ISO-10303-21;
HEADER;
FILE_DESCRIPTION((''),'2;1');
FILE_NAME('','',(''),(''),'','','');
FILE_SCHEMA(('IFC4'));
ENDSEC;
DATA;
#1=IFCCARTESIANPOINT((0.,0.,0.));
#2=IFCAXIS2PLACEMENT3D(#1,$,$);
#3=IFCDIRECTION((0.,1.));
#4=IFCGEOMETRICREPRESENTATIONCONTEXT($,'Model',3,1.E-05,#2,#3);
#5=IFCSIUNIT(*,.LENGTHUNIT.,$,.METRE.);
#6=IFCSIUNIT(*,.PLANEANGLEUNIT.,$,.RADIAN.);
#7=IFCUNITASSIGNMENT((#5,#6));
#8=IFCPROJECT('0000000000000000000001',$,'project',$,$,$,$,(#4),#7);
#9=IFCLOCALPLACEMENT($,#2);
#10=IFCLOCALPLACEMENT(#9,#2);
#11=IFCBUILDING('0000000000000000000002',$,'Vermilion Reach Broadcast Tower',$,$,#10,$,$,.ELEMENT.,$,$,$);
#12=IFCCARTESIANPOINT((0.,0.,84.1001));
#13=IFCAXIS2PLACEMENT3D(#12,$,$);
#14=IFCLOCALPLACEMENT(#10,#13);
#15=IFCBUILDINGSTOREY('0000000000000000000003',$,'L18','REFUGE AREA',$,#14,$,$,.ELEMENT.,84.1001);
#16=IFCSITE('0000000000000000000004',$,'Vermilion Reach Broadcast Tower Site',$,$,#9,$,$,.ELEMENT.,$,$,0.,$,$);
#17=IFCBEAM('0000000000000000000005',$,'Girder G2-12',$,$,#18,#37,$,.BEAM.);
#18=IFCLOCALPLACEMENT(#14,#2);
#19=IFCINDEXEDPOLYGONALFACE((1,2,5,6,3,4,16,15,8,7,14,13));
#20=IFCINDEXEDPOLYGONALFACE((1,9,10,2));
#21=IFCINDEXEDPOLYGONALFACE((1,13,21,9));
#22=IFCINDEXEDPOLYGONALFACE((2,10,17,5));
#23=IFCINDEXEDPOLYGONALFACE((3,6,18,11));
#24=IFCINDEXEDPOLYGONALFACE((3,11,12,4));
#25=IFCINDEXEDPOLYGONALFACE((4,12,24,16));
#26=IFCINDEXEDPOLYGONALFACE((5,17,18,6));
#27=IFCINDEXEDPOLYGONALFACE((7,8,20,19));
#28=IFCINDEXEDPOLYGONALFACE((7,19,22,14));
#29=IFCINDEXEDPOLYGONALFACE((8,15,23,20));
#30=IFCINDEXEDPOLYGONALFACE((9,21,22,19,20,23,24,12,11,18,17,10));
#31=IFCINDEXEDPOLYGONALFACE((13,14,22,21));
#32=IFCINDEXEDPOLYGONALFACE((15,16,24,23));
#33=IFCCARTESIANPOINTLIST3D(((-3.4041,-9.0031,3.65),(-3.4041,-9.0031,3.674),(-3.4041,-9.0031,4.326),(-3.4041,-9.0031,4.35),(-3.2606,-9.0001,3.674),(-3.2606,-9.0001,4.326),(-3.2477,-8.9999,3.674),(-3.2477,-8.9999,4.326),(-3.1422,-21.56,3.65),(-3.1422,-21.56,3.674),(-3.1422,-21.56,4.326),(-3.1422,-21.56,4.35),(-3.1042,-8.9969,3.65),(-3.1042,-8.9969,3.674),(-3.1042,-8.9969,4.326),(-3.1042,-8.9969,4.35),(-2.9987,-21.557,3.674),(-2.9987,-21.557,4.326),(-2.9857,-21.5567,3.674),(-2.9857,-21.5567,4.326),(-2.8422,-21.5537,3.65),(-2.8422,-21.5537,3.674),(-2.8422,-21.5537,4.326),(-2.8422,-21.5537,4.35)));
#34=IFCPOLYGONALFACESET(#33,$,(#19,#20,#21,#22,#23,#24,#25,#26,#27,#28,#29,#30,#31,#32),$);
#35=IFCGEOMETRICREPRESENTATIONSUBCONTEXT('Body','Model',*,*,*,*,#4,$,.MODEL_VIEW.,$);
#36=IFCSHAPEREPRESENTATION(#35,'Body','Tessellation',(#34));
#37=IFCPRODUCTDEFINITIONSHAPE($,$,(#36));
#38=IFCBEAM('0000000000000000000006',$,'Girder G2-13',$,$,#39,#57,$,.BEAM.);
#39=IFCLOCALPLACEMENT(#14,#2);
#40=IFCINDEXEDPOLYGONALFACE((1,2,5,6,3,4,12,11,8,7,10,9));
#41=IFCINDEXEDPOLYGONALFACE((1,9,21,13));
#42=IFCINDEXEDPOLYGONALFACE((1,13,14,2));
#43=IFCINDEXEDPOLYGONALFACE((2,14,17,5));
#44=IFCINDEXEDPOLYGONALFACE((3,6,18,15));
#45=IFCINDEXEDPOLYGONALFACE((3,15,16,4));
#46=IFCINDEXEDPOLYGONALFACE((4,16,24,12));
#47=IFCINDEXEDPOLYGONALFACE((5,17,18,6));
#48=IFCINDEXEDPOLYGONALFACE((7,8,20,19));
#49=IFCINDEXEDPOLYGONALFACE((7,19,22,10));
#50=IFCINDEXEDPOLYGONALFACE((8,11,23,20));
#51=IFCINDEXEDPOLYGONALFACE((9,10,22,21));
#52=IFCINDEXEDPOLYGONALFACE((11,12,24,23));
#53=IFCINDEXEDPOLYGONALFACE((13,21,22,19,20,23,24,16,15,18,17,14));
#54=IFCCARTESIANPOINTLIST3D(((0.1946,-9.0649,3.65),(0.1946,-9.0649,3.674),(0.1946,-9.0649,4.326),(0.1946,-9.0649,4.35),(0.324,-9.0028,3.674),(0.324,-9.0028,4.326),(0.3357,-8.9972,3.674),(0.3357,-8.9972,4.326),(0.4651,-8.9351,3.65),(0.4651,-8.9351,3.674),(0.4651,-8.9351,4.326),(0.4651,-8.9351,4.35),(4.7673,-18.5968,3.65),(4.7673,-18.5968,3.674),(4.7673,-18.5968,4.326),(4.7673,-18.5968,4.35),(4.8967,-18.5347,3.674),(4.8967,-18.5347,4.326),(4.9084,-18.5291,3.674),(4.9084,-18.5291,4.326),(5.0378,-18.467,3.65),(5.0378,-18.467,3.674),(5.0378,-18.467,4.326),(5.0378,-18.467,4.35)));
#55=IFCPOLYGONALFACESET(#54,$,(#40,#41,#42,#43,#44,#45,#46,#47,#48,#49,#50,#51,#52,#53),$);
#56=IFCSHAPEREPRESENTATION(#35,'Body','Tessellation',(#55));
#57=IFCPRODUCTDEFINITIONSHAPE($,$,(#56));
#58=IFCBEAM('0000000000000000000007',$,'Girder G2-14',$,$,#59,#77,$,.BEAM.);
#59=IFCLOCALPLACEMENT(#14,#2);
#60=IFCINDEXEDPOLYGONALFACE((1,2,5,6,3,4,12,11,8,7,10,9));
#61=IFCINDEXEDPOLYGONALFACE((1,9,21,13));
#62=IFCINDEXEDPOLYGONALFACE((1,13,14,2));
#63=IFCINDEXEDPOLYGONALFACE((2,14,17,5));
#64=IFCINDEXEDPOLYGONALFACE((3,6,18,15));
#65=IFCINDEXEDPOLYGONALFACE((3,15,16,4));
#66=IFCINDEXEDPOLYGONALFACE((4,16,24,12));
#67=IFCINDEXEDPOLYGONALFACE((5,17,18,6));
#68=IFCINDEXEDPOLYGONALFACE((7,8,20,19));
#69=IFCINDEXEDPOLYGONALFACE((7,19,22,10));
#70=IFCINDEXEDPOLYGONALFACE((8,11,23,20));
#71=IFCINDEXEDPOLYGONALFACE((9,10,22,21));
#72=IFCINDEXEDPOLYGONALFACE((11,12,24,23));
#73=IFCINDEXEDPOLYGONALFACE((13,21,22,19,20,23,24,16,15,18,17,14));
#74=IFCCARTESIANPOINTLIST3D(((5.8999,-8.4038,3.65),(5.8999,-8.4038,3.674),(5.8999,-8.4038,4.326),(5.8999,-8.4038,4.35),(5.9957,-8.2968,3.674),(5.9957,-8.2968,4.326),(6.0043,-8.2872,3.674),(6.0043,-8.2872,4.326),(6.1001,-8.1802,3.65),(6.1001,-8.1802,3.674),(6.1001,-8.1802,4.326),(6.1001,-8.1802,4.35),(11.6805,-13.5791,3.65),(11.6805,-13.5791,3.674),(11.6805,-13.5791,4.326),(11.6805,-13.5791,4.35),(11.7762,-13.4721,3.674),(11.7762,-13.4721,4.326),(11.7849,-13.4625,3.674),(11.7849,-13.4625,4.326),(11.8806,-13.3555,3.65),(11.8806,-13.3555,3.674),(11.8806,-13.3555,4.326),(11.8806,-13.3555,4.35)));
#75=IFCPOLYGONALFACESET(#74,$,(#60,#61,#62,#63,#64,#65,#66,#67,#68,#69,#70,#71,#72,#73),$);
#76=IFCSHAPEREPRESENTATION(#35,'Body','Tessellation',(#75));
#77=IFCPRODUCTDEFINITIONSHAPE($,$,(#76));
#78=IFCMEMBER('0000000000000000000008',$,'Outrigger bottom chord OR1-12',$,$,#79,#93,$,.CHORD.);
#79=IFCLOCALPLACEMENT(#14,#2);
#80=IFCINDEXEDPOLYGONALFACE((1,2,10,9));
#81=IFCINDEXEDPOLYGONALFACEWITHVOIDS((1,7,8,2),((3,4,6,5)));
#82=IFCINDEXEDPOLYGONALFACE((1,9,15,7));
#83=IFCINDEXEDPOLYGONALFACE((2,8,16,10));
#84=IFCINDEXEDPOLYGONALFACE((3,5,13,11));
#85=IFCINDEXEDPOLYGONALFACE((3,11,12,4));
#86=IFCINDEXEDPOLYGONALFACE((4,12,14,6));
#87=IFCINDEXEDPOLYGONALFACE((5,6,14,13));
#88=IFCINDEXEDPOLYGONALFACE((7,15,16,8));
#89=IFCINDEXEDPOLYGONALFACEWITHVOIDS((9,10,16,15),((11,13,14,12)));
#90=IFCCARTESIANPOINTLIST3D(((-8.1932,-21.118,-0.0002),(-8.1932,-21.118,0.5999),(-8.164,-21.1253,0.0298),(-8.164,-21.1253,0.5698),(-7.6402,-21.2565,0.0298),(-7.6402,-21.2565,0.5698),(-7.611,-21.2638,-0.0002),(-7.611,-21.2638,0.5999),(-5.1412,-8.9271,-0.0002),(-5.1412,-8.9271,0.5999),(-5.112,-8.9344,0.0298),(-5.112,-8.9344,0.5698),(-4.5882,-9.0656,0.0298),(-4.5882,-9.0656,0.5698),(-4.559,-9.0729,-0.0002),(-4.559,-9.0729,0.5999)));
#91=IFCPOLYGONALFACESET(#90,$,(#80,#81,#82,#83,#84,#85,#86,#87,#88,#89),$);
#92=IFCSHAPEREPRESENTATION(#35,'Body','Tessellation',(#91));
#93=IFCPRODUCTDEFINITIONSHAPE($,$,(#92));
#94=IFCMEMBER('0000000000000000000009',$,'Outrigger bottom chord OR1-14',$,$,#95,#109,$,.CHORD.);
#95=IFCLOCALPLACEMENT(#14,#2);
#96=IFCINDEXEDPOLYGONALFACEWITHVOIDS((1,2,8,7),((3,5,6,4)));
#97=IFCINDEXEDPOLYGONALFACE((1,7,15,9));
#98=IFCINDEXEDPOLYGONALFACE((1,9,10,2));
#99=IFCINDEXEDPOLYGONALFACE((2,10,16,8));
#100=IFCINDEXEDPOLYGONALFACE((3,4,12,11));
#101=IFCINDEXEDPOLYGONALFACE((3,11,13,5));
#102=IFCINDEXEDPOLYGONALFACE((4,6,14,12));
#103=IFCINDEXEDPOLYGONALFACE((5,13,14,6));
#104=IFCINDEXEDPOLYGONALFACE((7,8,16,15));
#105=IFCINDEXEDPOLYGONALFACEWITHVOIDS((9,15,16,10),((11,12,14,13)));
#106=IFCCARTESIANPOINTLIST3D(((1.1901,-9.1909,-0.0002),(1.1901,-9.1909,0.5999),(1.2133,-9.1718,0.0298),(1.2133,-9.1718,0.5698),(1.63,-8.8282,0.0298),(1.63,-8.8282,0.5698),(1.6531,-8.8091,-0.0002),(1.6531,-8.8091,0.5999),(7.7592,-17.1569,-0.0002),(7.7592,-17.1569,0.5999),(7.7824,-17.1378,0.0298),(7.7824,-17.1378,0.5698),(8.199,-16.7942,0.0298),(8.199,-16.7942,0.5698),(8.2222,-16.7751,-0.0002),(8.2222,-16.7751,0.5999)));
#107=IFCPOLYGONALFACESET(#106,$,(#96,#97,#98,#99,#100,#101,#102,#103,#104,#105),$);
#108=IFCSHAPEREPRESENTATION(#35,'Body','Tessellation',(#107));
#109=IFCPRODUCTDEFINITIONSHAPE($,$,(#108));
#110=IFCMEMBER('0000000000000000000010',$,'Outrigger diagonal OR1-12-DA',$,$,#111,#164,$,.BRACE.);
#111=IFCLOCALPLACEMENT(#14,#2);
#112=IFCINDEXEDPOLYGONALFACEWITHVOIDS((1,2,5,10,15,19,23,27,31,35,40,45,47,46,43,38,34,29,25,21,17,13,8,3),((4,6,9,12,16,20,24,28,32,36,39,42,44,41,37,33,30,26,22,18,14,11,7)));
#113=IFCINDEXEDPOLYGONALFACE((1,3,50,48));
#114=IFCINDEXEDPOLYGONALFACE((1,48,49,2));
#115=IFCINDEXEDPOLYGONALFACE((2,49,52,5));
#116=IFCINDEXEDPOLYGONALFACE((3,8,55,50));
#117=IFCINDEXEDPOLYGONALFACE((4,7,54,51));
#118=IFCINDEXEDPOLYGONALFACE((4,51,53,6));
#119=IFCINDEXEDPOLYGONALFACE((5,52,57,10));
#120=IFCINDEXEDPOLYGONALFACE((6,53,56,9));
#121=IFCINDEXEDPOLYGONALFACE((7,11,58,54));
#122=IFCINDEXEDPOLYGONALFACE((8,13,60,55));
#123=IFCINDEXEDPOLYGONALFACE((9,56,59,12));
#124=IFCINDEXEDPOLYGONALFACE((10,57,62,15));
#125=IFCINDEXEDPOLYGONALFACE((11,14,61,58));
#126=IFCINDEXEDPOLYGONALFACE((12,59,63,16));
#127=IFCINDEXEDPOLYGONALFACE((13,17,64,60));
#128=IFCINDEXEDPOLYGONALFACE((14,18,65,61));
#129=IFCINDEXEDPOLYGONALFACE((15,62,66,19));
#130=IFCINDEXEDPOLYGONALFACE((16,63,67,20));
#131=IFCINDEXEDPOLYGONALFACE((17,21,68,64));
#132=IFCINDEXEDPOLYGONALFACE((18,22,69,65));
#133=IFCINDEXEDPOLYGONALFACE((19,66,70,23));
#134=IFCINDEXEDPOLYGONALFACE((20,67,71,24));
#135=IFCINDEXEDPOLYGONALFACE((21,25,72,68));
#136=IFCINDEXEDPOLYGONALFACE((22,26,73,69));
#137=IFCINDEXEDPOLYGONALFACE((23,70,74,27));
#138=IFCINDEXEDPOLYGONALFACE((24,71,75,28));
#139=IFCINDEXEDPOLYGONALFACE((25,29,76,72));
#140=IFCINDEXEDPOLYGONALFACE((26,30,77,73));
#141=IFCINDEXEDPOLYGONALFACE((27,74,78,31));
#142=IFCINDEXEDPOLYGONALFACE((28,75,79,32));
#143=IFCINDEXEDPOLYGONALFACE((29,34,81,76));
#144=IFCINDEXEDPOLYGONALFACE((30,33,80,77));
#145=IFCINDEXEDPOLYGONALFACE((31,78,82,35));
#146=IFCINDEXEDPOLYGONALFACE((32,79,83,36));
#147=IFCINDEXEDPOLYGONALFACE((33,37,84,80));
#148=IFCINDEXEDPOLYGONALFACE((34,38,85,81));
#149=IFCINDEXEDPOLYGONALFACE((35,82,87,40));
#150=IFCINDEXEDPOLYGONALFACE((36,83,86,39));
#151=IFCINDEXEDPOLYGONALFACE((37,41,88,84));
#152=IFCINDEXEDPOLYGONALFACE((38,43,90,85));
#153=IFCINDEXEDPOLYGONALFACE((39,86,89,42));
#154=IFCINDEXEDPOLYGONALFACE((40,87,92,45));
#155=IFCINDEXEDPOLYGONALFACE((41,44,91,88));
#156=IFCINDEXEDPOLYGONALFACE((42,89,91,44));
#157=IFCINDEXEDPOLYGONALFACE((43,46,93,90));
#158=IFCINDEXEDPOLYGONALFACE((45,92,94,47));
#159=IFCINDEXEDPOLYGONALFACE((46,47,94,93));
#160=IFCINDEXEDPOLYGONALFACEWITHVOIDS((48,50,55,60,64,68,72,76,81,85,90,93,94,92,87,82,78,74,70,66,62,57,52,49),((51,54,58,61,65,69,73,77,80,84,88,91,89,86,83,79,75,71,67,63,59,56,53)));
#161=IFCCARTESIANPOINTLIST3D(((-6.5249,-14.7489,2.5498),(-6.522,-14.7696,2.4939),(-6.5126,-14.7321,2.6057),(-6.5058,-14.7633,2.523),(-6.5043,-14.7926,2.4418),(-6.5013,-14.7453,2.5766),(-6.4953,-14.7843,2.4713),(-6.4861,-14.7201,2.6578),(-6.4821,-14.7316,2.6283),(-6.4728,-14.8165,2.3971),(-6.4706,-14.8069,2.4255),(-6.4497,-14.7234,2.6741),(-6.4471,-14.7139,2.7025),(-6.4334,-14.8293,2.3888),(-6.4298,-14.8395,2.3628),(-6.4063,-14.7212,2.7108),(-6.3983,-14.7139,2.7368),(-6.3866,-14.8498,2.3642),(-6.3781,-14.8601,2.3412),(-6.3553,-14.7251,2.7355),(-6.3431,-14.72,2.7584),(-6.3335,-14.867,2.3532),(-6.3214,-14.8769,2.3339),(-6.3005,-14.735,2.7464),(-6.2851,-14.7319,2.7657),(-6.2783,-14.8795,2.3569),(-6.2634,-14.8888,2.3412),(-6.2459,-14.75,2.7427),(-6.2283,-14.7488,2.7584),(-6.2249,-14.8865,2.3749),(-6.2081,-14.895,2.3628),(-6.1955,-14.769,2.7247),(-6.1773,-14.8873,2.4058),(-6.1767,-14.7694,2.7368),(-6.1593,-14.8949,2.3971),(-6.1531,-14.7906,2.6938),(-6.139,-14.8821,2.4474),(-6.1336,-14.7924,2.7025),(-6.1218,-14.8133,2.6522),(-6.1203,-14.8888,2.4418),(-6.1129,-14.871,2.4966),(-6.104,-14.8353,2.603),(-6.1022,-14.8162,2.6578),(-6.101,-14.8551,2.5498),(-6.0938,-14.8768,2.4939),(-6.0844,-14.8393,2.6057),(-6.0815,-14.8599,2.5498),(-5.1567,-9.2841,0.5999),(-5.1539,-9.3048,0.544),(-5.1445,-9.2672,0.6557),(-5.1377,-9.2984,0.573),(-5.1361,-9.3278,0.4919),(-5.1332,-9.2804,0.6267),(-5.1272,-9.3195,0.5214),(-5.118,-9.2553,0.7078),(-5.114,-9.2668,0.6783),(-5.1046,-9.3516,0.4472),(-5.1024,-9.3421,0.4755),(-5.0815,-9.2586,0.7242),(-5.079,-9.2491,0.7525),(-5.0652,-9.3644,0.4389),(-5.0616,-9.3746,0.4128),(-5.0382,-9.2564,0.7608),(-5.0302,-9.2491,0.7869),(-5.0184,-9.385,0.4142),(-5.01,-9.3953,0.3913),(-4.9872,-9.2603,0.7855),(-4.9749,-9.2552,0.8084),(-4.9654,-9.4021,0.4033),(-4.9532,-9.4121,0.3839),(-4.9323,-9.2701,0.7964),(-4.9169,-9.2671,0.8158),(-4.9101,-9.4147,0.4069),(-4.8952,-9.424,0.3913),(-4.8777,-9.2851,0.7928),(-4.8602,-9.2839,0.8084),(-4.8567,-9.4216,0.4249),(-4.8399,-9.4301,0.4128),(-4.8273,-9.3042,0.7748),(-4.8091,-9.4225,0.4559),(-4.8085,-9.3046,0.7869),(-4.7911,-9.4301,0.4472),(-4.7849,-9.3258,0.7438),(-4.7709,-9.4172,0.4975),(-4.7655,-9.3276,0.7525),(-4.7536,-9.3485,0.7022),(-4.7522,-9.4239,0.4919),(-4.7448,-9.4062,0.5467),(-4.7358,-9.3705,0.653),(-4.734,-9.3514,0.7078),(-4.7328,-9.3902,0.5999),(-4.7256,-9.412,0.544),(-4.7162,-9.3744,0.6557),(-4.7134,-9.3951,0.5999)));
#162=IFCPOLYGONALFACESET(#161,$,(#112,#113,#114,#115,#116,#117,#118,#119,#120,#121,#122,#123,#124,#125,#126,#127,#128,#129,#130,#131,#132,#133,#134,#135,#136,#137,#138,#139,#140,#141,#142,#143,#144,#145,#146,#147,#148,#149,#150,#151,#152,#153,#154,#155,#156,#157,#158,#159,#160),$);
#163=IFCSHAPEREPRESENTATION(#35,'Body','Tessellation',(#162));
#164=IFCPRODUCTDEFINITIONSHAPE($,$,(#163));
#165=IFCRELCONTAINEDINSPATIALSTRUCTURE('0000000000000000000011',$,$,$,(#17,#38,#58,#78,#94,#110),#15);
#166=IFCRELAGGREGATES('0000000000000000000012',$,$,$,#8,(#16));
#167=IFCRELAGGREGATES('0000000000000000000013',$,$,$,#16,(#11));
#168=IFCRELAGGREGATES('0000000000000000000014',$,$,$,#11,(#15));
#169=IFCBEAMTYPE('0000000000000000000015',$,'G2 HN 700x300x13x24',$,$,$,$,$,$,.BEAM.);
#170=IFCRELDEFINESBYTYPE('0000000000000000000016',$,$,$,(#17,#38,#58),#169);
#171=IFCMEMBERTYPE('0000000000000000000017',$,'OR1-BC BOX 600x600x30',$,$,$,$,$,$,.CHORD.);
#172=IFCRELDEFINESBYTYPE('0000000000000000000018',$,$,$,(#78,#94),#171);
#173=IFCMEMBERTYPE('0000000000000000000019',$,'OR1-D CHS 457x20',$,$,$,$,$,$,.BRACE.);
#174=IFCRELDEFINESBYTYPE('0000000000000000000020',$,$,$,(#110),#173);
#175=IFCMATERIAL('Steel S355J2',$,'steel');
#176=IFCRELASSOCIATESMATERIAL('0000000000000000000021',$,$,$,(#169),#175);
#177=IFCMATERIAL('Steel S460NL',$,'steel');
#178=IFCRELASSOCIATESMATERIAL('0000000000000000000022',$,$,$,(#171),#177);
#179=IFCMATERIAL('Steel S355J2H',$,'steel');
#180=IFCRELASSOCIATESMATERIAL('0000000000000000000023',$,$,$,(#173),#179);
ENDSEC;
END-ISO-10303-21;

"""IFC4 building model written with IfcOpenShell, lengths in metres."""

from ifc_helpers import new_model, si_unit, direction, frame, origin, origin_2d, place, context, subcontext, project, spatial, hollow_rectangle, hollow_circle, i_section, extrude, material, material_profile, profile_set, type_object, element, save


model = new_model("IFC4")

# Units and contexts
model_context = context("Model", 3, precision=1e-05, world=origin(), true_north=direction((0.0, 1.0)))
body_context = subcontext(model_context, "Body", "Model", "MODEL_VIEW")
ifc_project = project(units=[si_unit("LENGTHUNIT", "METRE"), si_unit("PLANEANGLEUNIT", "RADIAN")], contexts=[model_context])

# Site, building, storey
site_placement = place(None, origin())
site = spatial("IfcSite", under=ifc_project, at=site_placement, Name="Vermilion Reach Broadcast Tower Site", CompositionType="ELEMENT", RefElevation=0.0)
building_placement = place(site_placement, origin())
building = spatial("IfcBuilding", under=site, at=building_placement, Name="Vermilion Reach Broadcast Tower", CompositionType="ELEMENT")
storey_placement = place(building_placement, frame((0.0, 0.0, 84.1001)))
storey = spatial("IfcBuildingStorey", under=building, at=storey_placement, Name="L18", Description="REFUGE AREA", CompositionType="ELEMENT", Elevation=84.1001)

# Beams
ifc_material_1 = material(Name="Steel S355J2", Category="steel")
ifc_material_profile_1 = material_profile(ifc_material_1, i_section(OverallWidth=0.3, OverallDepth=0.7, WebThickness=0.0129, FlangeThickness=0.0239, at=origin_2d()), Name="S355J2 HN 700x300x13x24")
ifc_profile_set_1 = profile_set([ifc_material_profile_1], Name="Steel S355J2")
beam_type_1 = type_object("IfcBeamType", Name="G2 HN 700x300x13x24", PredefinedType="BEAM", material=ifc_profile_set_1)
beam_1_placement = place(storey_placement, frame((-3.2542, -9.0, 4.0), z_axis=(0.020858, -0.999782, 0.0), x_axis=(0.999782, 0.020858, 0.0)))
element("IfcBeam", 1, at=beam_1_placement, inside=storey, type_object=beam_type_1, Name="Girder G2-12", PredefinedType="BEAM", context=body_context, shape_type="SweptSolid", body=[
    extrude(i_section(OverallWidth=0.3, OverallDepth=0.7, WebThickness=0.0129, FlangeThickness=0.0239, at=origin_2d()), origin(), (0.0, 0.0, 1.0), 12.5596),
])
beam_2_placement = place(storey_placement, frame((0.3298, -9.0, 4.0), z_axis=(0.432531, -0.901619, 0.0), x_axis=(0.901619, 0.432531, 0.0)))
element("IfcBeam", 2, at=beam_2_placement, inside=storey, type_object=beam_type_1, Name="Girder G2-13", PredefinedType="BEAM", context=body_context, shape_type="SweptSolid", body=[
    extrude(i_section(OverallWidth=0.3, OverallDepth=0.7, WebThickness=0.0129, FlangeThickness=0.0239, at=origin_2d()), origin(), (0.0, 0.0, 1.0), 10.572),
])
beam_3_placement = place(storey_placement, frame((6.0, -8.292, 4.0), z_axis=(0.745033, -0.667028, 0.0), x_axis=(0.667028, 0.745033, 0.0)))
element("IfcBeam", 3, at=beam_3_placement, inside=storey, type_object=beam_type_1, Name="Girder G2-14", PredefinedType="BEAM", context=body_context, shape_type="SweptSolid", body=[
    extrude(i_section(OverallWidth=0.3, OverallDepth=0.7, WebThickness=0.0129, FlangeThickness=0.0239, at=origin_2d()), origin(), (0.0, 0.0, 1.0), 7.7588),
])

# Members
ifc_material_2 = material(Name="Steel S460NL", Category="steel")
ifc_material_profile_2 = material_profile(ifc_material_2, hollow_rectangle(XDim=0.6001, YDim=0.6001, WallThickness=0.03, at=origin_2d()), Name="S460NL BOX 600x600x30")
ifc_profile_set_2 = profile_set([ifc_material_profile_2], Name="Steel S460NL")
member_type_1 = type_object("IfcMemberType", Name="OR1-BC BOX 600x600x30", PredefinedType="CHORD", material=ifc_profile_set_2)
member_1_placement = place(storey_placement, frame((-4.8501, -9.0, 0.2998), z_axis=(-0.242856, -0.970062, 0.0), x_axis=(0.970062, -0.242856, 0.0)))
element("IfcMember", 4, at=member_1_placement, inside=storey, type_object=member_type_1, Name="Outrigger bottom chord OR1-12", PredefinedType="CHORD", context=body_context, shape_type="SweptSolid", body=[
    extrude(hollow_rectangle(XDim=0.6001, YDim=0.6001, WallThickness=0.03, at=origin_2d()), origin(), (0.0, 0.0, 1.0), 12.5671),
])
member_2_placement = place(storey_placement, frame((1.4216, -9.0, 0.2998), z_axis=(0.636215, -0.771512, 0.0), x_axis=(0.771512, 0.636215, 0.0)))
element("IfcMember", 5, at=member_2_placement, inside=storey, type_object=member_type_1, Name="Outrigger bottom chord OR1-14", PredefinedType="CHORD", context=body_context, shape_type="SweptSolid", body=[
    extrude(hollow_rectangle(XDim=0.6001, YDim=0.6001, WallThickness=0.03, at=origin_2d()), origin(), (0.0, 0.0, 1.0), 10.3252),
])
ifc_material_3 = material(Name="Steel S355J2H", Category="steel")
ifc_material_profile_3 = material_profile(ifc_material_3, hollow_circle(Radius=0.2285, WallThickness=0.02, at=origin_2d()), Name="S355J2H CHS 457x20")
ifc_profile_set_3 = profile_set([ifc_material_profile_3], Name="Steel S355J2H")
member_type_2 = type_object("IfcMemberType", Name="OR1-D CHS 457x20", PredefinedType="BRACE", material=ifc_profile_set_3)
member_3_placement = place(storey_placement, frame((-4.9351, -9.3396, 0.5999), z_axis=(-0.229502, -0.916699, 0.327094), x_axis=(0.970061, -0.242862, 0.0)))
element("IfcMember", 6, at=member_3_placement, inside=storey, type_object=member_type_2, Name="Outrigger diagonal OR1-12-DA", PredefinedType="BRACE", context=body_context, shape_type="SweptSolid", body=[
    extrude(hollow_circle(Radius=0.2285, WallThickness=0.02, at=origin_2d()), origin(), (0.0, 0.0, 1.0), 5.9614),
])

save(model, "model.ifc")
